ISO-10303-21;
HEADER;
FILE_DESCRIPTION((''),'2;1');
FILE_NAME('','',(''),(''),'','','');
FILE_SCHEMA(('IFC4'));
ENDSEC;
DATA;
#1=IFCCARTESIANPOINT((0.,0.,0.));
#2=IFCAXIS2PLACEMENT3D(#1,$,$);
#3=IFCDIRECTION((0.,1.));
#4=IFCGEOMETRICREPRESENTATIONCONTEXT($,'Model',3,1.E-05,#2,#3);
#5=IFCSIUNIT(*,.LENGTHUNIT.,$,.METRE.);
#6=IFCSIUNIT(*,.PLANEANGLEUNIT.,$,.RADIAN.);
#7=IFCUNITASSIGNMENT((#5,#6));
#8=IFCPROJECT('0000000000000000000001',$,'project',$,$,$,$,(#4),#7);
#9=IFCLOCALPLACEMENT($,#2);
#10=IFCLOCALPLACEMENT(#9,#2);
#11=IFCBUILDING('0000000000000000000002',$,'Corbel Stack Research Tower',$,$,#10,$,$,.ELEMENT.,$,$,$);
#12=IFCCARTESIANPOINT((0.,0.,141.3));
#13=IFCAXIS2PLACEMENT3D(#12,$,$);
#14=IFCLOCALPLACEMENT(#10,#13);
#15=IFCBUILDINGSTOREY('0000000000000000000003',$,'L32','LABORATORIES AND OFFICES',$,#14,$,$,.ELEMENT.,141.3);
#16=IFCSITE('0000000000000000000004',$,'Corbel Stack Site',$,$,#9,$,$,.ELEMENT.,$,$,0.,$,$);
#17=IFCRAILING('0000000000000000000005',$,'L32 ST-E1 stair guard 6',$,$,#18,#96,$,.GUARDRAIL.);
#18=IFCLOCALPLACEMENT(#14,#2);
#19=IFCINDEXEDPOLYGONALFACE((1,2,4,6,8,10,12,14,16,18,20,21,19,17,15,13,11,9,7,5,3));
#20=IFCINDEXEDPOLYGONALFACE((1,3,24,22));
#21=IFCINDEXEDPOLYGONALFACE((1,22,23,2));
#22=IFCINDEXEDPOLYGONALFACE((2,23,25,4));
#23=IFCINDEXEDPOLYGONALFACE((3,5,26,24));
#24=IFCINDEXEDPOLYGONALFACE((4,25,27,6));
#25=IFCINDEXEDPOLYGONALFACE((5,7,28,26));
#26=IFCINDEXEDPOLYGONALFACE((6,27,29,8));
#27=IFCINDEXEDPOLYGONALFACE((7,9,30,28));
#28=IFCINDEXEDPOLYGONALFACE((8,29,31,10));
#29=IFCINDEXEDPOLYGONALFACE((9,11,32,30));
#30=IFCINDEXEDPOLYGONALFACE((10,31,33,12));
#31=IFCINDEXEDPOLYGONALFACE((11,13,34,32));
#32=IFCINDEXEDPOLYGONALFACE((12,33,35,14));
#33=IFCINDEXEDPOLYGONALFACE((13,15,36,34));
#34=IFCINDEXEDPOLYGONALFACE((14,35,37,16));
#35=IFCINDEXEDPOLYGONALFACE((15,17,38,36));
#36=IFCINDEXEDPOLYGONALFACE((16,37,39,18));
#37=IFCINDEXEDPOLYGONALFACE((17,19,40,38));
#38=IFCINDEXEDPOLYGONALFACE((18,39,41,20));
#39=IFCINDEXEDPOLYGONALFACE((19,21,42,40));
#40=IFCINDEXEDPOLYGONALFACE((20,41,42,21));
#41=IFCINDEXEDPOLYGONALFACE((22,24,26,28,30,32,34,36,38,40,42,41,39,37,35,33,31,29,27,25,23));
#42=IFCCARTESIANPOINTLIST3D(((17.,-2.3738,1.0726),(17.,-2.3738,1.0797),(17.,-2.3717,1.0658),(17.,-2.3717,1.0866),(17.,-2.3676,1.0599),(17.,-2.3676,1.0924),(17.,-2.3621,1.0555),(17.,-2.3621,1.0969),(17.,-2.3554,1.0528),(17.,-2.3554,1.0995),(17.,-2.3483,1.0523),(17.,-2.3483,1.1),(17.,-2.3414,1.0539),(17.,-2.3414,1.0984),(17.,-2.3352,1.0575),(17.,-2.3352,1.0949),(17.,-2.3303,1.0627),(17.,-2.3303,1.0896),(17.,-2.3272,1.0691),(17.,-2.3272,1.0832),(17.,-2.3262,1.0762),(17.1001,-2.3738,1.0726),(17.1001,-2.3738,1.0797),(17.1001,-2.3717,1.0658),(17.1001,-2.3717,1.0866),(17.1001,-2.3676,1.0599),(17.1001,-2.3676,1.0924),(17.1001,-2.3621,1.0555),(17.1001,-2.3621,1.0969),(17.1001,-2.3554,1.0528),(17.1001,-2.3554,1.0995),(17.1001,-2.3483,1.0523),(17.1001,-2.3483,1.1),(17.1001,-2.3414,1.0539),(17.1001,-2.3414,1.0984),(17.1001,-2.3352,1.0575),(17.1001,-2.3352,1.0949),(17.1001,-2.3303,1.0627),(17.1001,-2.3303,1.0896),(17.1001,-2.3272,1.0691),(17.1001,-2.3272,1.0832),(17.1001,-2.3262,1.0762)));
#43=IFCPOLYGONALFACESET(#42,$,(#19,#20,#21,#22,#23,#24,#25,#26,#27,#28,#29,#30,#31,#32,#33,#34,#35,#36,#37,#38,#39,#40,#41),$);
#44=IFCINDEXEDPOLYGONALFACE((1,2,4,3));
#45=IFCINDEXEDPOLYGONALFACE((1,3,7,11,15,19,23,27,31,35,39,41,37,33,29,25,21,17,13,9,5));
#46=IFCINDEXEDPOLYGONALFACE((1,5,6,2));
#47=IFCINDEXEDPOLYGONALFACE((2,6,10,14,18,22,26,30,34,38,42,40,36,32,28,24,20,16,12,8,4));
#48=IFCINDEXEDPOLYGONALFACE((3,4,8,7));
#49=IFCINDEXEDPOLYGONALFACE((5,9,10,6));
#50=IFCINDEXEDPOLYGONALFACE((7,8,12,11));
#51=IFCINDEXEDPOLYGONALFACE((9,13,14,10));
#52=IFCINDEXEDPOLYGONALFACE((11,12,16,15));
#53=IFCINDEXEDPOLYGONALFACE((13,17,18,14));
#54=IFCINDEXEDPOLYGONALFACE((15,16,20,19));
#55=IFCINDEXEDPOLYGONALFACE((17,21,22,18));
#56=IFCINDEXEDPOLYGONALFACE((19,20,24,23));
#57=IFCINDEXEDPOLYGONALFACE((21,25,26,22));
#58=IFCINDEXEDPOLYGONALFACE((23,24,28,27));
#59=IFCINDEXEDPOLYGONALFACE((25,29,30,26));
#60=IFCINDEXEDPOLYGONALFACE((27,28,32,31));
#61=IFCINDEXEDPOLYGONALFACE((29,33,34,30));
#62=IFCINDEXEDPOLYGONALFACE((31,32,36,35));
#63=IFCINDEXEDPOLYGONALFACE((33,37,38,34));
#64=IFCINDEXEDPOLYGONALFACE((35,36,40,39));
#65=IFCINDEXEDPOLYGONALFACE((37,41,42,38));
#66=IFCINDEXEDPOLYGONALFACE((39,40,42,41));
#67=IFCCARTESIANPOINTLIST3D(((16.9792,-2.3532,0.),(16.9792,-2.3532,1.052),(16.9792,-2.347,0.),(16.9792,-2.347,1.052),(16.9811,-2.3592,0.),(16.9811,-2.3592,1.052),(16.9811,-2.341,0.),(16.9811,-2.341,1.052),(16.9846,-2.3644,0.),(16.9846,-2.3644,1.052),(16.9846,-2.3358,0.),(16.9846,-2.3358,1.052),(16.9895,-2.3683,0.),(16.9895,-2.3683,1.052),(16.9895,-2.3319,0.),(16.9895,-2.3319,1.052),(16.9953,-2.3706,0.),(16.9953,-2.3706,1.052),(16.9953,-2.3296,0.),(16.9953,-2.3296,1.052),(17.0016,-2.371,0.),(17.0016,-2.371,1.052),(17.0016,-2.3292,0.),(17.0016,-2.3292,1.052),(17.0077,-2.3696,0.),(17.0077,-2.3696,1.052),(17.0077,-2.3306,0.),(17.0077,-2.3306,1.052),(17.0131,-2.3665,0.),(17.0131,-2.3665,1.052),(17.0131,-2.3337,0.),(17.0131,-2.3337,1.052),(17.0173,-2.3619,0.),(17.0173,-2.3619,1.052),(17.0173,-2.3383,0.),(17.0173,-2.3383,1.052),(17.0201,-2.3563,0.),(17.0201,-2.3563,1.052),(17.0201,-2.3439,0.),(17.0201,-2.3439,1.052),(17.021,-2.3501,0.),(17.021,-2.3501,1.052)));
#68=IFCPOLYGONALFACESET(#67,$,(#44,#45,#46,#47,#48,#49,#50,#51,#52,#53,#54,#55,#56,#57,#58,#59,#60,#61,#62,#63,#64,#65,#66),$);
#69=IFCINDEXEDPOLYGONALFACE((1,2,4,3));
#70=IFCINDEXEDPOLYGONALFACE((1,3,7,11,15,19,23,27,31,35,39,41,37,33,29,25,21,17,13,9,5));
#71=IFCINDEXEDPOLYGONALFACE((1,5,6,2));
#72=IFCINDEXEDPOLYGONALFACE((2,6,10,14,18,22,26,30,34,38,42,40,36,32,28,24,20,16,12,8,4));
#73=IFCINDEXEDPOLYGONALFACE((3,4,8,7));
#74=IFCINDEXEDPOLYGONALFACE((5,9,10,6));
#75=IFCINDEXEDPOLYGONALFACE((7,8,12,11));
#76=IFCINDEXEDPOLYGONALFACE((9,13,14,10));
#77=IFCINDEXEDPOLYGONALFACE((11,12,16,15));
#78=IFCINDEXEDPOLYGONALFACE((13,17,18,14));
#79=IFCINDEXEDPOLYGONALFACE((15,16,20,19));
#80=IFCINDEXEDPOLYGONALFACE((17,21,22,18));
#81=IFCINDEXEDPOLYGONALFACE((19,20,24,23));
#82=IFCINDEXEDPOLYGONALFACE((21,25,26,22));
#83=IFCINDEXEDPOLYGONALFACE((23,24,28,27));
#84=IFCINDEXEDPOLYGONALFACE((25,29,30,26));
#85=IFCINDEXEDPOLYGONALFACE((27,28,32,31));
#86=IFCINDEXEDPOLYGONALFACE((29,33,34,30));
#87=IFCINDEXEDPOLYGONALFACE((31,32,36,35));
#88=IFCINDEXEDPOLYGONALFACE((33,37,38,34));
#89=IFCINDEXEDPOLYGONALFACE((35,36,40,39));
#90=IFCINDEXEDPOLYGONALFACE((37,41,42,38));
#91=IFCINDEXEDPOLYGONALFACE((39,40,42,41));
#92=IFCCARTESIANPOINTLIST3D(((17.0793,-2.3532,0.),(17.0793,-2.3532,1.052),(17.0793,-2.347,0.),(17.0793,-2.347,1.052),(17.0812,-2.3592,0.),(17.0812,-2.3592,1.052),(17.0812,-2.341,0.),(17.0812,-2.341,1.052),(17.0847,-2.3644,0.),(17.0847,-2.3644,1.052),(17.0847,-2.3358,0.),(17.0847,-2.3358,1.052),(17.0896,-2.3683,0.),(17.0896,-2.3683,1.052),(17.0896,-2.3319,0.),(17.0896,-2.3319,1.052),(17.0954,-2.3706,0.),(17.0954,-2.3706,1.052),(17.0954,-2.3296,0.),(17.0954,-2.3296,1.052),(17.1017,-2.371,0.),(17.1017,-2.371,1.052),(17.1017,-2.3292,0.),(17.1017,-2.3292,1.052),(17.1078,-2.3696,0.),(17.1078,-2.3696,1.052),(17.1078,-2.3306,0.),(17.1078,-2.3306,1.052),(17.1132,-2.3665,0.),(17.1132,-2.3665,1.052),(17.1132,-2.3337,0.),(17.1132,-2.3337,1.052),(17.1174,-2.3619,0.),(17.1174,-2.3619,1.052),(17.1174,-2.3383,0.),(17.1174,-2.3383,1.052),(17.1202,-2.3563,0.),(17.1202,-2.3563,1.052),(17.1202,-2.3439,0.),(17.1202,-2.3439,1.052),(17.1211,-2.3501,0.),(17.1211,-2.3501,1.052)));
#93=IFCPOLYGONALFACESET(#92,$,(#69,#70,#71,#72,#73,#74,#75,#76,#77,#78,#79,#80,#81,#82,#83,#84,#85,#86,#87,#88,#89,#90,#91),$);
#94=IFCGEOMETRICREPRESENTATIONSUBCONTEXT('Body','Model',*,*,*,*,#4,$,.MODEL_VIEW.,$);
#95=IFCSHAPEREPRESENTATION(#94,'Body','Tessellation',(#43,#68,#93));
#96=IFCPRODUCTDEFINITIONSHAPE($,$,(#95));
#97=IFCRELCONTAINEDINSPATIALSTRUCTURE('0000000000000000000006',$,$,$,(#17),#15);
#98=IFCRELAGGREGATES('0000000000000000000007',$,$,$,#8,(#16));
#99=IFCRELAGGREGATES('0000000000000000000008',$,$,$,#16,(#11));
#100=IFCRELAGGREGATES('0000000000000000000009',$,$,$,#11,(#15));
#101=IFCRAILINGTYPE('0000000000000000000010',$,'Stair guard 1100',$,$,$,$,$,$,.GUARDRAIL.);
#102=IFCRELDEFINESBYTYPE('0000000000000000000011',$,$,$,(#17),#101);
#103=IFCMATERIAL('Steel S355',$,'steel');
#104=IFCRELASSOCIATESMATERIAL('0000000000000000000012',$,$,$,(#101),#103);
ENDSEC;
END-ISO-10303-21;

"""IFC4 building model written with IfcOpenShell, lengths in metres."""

from ifc_helpers import new_model, si_unit, direction, frame, origin, origin_2d, place, context, subcontext, project, spatial, circle, extrude, material, type_object, element, save


model = new_model("IFC4")

# Units and contexts
model_context = context("Model", 3, precision=1e-05, world=origin(), true_north=direction((0.0, 1.0)))
body_context = subcontext(model_context, "Body", "Model", "MODEL_VIEW")
ifc_project = project(units=[si_unit("LENGTHUNIT", "METRE"), si_unit("PLANEANGLEUNIT", "RADIAN")], contexts=[model_context])

# Site, building, storey
site_placement = place(None, origin())
site = spatial("IfcSite", under=ifc_project, at=site_placement, Name="Corbel Stack Site", CompositionType="ELEMENT", RefElevation=0.0)
building_placement = place(site_placement, origin())
building = spatial("IfcBuilding", under=site, at=building_placement, Name="Corbel Stack Research Tower", CompositionType="ELEMENT")
storey_placement = place(building_placement, frame((0.0, 0.0, 141.3)))
storey = spatial("IfcBuildingStorey", under=building, at=storey_placement, Name="L32", Description="LABORATORIES AND OFFICES", CompositionType="ELEMENT", Elevation=141.3)

# Railing
ifc_material_1 = material(Name="Steel S355", Category="steel")
railing_type_1 = type_object("IfcRailingType", Name="Stair guard 1100", PredefinedType="GUARDRAIL", material=ifc_material_1)
railing_1_placement = place(storey_placement, frame((17.0, -2.3501, 0.0)))
element("IfcRailing", 1, at=railing_1_placement, inside=storey, type_object=railing_type_1, Name="L32 ST-E1 stair guard 6", PredefinedType="GUARDRAIL", context=body_context, shape_type="SweptSolid", body=[
    extrude(circle(Radius=0.0239, at=origin_2d()), frame((0.0, 0.0, 1.0762), z_axis=(1.0, 0.0, 0.0), x_axis=(0.0, 1.0, 0.0)), (0.0, 0.0, 1.0), 0.1001),
    extrude(circle(Radius=0.021, at=origin_2d()), origin(), (0.0, 0.0, 1.0), 1.052),
    extrude(circle(Radius=0.021, at=origin_2d()), frame((0.1001, 0.0, 0.0)), (0.0, 0.0, 1.0), 1.052),
])

save(model, "model.ifc")
